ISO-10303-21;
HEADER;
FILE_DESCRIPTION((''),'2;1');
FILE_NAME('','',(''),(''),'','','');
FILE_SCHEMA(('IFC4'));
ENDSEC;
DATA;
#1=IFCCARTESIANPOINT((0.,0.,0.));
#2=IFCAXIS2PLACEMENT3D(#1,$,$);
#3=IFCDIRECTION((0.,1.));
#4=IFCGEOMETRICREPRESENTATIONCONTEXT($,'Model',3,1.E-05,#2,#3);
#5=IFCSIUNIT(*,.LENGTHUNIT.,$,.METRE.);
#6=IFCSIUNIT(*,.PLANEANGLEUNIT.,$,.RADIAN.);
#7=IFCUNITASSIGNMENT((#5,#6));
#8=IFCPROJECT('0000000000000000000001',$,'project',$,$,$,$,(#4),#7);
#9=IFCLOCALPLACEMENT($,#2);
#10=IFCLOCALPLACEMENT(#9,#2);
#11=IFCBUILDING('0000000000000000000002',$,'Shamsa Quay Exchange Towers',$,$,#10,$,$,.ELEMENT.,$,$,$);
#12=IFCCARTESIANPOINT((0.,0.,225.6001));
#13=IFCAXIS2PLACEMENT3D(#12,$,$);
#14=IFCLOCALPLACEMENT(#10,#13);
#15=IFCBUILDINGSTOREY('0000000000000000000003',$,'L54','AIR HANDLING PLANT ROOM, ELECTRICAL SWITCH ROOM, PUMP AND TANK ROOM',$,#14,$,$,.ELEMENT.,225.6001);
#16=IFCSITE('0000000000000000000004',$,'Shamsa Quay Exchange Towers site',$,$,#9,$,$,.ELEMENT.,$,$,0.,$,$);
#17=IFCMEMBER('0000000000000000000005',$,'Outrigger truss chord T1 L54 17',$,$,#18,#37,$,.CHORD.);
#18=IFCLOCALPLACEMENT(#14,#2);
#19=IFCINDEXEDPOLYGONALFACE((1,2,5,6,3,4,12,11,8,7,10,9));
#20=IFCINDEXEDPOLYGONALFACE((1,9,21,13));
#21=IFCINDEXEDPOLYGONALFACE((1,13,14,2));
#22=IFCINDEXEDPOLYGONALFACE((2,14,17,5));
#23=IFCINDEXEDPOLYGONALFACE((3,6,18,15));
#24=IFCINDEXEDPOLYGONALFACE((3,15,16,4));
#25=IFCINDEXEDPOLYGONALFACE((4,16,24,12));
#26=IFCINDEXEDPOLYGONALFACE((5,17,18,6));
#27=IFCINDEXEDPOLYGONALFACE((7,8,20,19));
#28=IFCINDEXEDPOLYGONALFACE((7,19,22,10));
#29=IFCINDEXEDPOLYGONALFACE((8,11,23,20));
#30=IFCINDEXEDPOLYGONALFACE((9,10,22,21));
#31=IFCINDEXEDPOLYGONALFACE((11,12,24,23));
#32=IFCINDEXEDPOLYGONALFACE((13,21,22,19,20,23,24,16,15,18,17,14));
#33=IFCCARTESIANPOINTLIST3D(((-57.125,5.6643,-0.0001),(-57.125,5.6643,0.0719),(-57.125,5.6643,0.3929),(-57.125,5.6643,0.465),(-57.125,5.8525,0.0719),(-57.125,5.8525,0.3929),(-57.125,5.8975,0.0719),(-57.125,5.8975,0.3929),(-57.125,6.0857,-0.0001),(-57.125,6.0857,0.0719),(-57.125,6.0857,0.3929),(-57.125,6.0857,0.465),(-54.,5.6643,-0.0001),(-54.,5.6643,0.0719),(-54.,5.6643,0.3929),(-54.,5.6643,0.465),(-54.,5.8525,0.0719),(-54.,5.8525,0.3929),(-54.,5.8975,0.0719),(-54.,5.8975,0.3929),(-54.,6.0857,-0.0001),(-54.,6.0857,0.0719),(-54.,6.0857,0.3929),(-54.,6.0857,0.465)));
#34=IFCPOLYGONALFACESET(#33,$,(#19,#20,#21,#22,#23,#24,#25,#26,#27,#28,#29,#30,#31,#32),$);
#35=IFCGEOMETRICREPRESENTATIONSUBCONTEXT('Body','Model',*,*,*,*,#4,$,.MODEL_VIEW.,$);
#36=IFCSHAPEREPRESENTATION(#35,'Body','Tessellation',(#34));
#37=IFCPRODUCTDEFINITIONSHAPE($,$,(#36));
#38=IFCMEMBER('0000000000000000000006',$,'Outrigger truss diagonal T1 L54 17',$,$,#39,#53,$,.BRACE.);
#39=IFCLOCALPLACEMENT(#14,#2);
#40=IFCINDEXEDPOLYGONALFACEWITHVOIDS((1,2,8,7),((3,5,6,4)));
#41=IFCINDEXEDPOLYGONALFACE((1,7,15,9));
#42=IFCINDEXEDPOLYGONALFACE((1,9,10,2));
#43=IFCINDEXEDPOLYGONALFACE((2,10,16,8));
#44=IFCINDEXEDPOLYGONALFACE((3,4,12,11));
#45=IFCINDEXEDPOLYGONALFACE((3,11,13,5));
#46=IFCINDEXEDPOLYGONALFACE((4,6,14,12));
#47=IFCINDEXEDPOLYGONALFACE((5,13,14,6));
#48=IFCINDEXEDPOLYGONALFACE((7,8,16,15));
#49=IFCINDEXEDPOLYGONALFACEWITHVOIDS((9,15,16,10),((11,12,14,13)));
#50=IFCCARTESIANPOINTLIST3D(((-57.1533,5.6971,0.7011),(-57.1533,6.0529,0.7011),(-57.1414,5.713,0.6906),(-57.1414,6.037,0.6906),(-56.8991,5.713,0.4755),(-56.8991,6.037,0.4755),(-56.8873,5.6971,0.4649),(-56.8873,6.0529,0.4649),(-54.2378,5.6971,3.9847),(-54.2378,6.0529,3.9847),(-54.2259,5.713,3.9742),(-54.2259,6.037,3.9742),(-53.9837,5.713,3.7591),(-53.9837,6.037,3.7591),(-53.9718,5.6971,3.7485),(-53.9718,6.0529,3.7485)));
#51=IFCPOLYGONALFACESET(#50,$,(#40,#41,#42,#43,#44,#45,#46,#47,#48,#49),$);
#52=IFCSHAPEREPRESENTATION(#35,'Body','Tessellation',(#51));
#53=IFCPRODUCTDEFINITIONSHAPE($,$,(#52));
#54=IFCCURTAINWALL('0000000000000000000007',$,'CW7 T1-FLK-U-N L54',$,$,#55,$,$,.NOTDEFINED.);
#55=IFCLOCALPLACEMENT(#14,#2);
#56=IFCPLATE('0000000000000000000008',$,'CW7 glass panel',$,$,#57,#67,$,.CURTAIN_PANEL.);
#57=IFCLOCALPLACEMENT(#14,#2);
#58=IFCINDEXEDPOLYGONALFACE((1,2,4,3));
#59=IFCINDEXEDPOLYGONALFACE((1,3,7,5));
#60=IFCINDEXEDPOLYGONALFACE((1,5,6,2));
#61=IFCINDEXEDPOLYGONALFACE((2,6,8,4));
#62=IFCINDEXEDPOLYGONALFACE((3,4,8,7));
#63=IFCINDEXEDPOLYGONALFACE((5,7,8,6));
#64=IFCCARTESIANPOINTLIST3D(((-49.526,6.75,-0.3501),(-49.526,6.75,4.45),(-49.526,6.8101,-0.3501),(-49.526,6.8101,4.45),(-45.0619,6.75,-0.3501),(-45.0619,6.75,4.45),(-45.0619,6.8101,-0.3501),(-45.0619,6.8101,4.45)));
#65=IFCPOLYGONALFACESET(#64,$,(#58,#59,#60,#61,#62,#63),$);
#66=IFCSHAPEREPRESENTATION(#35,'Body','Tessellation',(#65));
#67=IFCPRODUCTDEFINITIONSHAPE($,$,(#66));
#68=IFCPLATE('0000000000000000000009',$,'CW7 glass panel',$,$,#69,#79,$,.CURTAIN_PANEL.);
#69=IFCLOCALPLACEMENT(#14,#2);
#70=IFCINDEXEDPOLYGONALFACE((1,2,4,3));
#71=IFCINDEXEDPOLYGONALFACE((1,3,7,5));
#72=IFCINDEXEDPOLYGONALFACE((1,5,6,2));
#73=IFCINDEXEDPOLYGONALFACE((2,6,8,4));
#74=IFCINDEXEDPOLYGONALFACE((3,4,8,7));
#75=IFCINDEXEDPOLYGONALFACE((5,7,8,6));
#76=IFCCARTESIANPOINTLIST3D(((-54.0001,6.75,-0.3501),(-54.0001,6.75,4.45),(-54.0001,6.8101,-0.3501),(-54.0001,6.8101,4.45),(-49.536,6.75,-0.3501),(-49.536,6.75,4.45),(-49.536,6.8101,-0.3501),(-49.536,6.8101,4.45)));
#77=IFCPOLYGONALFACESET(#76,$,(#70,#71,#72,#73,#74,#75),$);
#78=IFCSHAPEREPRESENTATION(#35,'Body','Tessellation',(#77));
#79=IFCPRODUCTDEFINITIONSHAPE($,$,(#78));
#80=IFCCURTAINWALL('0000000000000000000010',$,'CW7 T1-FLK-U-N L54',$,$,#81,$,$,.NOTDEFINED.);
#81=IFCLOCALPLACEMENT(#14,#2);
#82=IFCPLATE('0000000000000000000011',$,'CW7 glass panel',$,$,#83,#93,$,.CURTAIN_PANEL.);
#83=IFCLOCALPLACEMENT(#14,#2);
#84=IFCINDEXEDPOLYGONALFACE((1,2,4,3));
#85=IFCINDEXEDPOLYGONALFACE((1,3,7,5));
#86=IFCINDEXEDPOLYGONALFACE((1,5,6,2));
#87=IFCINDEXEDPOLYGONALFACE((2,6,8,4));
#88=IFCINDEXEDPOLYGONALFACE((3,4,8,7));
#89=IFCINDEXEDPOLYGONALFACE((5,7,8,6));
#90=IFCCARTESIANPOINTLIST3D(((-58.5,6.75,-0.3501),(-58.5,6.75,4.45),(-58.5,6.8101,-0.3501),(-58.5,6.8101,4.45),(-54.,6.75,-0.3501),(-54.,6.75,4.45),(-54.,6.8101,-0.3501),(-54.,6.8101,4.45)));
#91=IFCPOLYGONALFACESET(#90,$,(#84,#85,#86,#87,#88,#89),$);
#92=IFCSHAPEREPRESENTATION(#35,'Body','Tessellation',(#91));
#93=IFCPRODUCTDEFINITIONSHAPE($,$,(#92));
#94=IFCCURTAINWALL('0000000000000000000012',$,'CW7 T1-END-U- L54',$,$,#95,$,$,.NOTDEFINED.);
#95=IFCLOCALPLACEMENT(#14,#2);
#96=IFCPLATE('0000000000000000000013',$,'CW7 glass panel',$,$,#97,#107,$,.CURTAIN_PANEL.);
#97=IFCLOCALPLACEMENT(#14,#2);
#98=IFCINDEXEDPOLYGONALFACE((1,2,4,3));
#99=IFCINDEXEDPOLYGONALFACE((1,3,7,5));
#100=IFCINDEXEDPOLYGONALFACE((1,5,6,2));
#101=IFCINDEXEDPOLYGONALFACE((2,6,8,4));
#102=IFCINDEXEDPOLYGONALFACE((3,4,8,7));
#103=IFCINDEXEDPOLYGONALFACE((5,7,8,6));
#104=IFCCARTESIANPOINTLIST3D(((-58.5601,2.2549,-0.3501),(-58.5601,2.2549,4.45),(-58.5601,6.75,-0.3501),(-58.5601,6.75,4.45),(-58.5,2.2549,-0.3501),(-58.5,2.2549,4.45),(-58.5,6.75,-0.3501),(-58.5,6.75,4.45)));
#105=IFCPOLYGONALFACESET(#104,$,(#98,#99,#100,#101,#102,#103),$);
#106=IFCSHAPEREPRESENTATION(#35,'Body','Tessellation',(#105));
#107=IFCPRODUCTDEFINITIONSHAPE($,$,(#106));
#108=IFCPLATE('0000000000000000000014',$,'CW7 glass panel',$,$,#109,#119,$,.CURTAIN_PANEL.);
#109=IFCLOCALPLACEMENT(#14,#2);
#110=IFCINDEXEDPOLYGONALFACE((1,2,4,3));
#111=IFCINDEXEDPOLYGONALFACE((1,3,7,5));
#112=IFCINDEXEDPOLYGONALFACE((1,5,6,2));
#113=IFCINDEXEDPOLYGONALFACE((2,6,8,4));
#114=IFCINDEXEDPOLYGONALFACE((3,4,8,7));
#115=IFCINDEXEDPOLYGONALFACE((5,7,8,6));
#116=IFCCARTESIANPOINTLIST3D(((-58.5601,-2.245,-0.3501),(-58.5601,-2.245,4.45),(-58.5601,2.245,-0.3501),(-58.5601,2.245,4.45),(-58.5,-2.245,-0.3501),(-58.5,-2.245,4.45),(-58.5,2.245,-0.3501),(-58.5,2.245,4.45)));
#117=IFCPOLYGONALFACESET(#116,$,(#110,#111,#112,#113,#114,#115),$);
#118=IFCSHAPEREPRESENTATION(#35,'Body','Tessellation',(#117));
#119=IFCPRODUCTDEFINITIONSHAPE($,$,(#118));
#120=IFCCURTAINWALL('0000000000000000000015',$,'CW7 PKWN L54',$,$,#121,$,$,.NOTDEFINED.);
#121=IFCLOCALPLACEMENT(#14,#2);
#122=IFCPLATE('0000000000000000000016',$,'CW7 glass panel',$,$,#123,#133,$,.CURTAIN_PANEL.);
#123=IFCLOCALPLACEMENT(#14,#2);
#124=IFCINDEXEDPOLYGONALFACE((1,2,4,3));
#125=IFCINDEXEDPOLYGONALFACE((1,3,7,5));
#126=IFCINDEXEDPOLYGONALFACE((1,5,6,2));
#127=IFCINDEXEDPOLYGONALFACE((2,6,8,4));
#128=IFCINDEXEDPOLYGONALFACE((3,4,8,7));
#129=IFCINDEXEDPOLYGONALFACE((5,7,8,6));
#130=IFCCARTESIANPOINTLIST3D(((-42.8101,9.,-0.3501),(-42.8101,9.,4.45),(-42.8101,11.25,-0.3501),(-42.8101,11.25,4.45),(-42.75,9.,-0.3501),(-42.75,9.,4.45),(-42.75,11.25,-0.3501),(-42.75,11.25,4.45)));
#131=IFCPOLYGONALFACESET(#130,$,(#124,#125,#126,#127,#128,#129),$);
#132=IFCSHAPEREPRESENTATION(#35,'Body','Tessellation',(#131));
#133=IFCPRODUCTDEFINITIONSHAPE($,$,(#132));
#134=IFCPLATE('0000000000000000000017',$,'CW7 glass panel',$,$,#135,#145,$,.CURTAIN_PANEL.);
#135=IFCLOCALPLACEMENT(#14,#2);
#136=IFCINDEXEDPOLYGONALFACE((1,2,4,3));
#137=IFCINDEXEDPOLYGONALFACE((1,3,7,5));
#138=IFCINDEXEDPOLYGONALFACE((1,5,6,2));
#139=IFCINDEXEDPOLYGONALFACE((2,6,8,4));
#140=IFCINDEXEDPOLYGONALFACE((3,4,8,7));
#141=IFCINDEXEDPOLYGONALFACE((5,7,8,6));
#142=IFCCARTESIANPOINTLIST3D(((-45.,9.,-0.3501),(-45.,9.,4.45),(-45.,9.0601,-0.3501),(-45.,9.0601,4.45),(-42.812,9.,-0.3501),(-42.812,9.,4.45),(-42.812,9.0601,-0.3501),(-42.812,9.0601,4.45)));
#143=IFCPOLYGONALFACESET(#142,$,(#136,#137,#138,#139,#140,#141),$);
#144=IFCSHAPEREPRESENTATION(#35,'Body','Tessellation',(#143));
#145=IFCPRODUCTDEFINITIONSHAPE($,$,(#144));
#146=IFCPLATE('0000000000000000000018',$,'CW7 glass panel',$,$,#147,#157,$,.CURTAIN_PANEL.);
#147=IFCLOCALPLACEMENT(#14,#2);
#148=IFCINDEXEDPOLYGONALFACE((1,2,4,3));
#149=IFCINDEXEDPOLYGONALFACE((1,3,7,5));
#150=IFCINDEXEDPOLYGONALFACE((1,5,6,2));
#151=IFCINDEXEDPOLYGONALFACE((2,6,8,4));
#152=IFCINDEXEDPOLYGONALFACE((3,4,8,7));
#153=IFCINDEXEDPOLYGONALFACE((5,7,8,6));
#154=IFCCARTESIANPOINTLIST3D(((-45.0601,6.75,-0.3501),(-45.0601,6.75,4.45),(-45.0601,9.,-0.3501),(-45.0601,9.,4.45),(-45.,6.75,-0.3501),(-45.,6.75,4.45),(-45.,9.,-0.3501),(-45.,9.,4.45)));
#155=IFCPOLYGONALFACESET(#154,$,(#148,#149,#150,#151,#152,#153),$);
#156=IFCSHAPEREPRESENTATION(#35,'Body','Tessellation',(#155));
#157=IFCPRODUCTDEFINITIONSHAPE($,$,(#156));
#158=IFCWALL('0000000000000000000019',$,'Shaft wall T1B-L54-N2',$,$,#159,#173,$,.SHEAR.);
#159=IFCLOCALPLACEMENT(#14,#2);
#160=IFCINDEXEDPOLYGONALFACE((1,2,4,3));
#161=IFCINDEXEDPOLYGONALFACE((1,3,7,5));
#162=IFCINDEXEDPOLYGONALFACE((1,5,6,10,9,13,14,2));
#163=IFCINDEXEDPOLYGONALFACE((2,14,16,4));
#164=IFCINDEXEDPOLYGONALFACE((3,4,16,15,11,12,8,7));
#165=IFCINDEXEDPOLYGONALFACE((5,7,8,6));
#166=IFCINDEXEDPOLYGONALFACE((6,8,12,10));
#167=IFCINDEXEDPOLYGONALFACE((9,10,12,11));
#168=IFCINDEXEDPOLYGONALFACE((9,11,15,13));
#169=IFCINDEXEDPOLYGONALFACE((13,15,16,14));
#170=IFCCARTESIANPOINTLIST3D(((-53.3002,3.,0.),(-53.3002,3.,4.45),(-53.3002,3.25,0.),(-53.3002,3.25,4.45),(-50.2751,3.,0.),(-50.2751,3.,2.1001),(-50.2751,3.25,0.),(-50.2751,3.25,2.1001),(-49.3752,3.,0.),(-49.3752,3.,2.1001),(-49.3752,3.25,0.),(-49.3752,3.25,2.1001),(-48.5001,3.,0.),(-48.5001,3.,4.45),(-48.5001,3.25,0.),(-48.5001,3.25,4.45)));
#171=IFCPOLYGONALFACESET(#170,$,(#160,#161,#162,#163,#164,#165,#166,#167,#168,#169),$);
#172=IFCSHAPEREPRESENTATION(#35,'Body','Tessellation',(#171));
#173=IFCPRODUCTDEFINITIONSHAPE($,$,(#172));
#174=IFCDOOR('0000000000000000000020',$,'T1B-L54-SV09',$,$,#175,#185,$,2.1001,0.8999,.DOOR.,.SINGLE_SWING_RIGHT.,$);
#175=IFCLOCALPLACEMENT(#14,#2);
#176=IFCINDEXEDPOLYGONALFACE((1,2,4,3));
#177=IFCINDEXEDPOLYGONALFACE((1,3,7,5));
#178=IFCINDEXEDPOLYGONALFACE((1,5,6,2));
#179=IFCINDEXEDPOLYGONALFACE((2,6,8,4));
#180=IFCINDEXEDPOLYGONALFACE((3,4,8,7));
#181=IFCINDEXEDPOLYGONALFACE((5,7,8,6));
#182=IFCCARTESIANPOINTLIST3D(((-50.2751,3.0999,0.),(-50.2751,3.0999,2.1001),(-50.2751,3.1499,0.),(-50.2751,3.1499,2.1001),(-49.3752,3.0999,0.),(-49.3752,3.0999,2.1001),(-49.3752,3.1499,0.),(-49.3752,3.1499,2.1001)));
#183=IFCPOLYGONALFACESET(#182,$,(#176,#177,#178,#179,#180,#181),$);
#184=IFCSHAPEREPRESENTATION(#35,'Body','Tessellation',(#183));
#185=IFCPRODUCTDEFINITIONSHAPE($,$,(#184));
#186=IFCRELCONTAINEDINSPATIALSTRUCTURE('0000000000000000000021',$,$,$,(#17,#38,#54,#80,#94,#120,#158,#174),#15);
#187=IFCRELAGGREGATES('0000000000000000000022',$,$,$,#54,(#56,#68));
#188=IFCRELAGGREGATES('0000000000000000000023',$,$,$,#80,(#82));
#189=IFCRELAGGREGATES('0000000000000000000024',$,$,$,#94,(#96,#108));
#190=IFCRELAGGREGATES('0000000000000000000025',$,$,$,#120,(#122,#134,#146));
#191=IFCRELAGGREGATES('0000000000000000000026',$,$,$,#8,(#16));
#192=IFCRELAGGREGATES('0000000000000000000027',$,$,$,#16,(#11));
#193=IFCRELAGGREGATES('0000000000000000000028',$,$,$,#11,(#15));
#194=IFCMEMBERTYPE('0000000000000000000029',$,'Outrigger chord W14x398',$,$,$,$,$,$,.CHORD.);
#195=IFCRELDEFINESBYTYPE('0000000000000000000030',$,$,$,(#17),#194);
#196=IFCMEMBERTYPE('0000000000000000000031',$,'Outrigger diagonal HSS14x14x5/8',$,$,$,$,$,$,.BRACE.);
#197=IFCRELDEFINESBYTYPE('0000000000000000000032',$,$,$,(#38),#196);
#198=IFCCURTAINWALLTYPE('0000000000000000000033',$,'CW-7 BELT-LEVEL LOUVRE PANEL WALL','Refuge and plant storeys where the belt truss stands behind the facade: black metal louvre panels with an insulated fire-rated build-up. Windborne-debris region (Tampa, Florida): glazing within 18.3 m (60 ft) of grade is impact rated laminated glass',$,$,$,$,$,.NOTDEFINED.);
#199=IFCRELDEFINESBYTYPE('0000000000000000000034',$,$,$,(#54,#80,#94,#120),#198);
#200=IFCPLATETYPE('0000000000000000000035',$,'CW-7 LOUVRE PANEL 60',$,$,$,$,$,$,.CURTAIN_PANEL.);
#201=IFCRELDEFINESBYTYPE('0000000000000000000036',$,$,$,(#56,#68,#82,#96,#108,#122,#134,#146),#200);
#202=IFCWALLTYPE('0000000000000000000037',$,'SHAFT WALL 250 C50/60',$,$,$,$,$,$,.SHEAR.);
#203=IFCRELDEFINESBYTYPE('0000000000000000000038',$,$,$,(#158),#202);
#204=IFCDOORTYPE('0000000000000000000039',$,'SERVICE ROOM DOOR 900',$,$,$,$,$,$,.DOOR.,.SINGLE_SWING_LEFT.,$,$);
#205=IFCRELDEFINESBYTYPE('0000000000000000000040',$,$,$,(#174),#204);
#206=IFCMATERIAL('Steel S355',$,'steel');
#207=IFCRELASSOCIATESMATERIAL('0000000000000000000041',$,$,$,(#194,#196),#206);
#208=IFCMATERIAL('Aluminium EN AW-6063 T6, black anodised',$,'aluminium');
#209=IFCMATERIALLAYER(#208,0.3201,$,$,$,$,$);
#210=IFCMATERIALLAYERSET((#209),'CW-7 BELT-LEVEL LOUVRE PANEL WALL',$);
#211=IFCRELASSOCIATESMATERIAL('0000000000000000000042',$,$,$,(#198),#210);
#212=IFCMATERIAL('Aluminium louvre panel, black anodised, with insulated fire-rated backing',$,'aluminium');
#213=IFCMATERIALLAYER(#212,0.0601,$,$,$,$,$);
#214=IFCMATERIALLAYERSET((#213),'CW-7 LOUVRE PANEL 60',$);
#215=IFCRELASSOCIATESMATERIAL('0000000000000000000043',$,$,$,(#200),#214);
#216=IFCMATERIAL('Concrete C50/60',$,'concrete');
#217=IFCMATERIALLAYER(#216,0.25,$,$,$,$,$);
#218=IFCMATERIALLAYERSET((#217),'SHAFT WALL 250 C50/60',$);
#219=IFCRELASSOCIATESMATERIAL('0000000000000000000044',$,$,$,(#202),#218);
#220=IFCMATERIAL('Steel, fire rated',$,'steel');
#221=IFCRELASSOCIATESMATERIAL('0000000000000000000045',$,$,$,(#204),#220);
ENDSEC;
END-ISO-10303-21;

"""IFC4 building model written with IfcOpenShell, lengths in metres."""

from ifc_helpers import new_model, si_unit, direction, frame, frame_2d, origin, origin_2d, place, context, subcontext, project, spatial, rectangle, hollow_rectangle, i_section, extrude, material, layer, layer_set, material_profile, profile_set, type_object, element, fill, aggregate, save


model = new_model("IFC4")

# Units and contexts
model_context = context("Model", 3, precision=1e-05, world=origin(), true_north=direction((0.0, 1.0)))
body_context = subcontext(model_context, "Body", "Model", "MODEL_VIEW")
ifc_project = project(units=[si_unit("LENGTHUNIT", "METRE"), si_unit("PLANEANGLEUNIT", "RADIAN")], contexts=[model_context])

# Site, building, storey
site_placement = place(None, origin())
site = spatial("IfcSite", under=ifc_project, at=site_placement, Name="Shamsa Quay Exchange Towers site", CompositionType="ELEMENT", RefElevation=0.0)
building_placement = place(site_placement, origin())
building = spatial("IfcBuilding", under=site, at=building_placement, Name="Shamsa Quay Exchange Towers", CompositionType="ELEMENT")
storey_placement = place(building_placement, frame((0.0, 0.0, 225.6001)))
storey = spatial("IfcBuildingStorey", under=building, at=storey_placement, Name="L54", Description="AIR HANDLING PLANT ROOM, ELECTRICAL SWITCH ROOM, PUMP AND TANK ROOM", CompositionType="ELEMENT", Elevation=225.6001)

# Members
ifc_material_1 = material(Name="Steel S355", Category="steel")
ifc_material_profile_1 = material_profile(ifc_material_1, i_section(OverallWidth=0.4214, OverallDepth=0.4651, WebThickness=0.0449, FlangeThickness=0.072, at=origin_2d()), Name="W14x398")
ifc_profile_set_1 = profile_set([ifc_material_profile_1], Name="Steel S355")
member_type_1 = type_object("IfcMemberType", Name="Outrigger chord W14x398", PredefinedType="CHORD", material=ifc_profile_set_1)
for number, where, z_axis, x_axis, name in (
    (1, (-57.125, 5.875, 0.2324), (1.0, 0.0, 0.0), (0.0, 1.0, 0.0), "Outrigger truss chord T1 L54 17"),
):
    element("IfcMember", number, at=place(storey_placement, frame(where, z_axis=z_axis, x_axis=x_axis)), inside=storey, type_object=member_type_1, Name=name, PredefinedType="CHORD", context=body_context, shape_type="SweptSolid", body=[
        extrude(i_section(OverallWidth=0.4214, OverallDepth=0.4651, WebThickness=0.0449, FlangeThickness=0.072, at=origin_2d()), origin(), (0.0, 0.0, 1.0), 3.125),
    ])
ifc_material_profile_2 = material_profile(ifc_material_1, hollow_rectangle(XDim=0.3557, YDim=0.3557, WallThickness=0.0159, at=origin_2d()), Name="HSS14x14x5/8")
ifc_profile_set_2 = profile_set([ifc_material_profile_2], Name="Steel S355")
member_type_2 = type_object("IfcMemberType", Name="Outrigger diagonal HSS14x14x5/8", PredefinedType="BRACE", material=ifc_profile_set_2)
member_1_placement = place(storey_placement, frame((-57.0203, 5.875, 0.583), z_axis=(0.663943, 0.0, 0.747783), x_axis=(0.0, 1.0, 0.0)))
element("IfcMember", 2, at=member_1_placement, inside=storey, type_object=member_type_2, Name="Outrigger truss diagonal T1 L54 17", PredefinedType="BRACE", context=body_context, shape_type="SweptSolid", body=[
    extrude(hollow_rectangle(XDim=0.3557, YDim=0.3557, WallThickness=0.0159, at=origin_2d()), origin(), (0.0, 0.0, 1.0), 4.3911),
])

# Curtain wall, plates
ifc_material_2 = material(Name="Aluminium EN AW-6063 T6, black anodised", Category="aluminium")
ifc_layer_1 = layer(ifc_material_2, 0.3201)
ifc_layer_set_1 = layer_set([ifc_layer_1], Name="CW-7 BELT-LEVEL LOUVRE PANEL WALL")
curtain_wall_type = type_object("IfcCurtainWallType", Name="CW-7 BELT-LEVEL LOUVRE PANEL WALL", Description="Refuge and plant storeys where the belt truss stands behind the facade: black metal louvre panels with an insulated fire-rated build-up. Windborne-debris region (Tampa, Florida): glazing within 18.3 m (60 ft) of grade is impact rated laminated glass", PredefinedType="NOTDEFINED", material=ifc_layer_set_1)
curtain_wall_1_placement = place(storey_placement, origin())
curtain_wall_1 = element("IfcCurtainWall", 3, at=curtain_wall_1_placement, inside=storey, type_object=curtain_wall_type, Name="CW7 T1-FLK-U-N L54", PredefinedType="NOTDEFINED")
ifc_material_3 = material(Name="Aluminium louvre panel, black anodised, with insulated fire-rated backing", Category="aluminium")
ifc_layer_2 = layer(ifc_material_3, 0.0601)
ifc_layer_set_2 = layer_set([ifc_layer_2], Name="CW-7 LOUVRE PANEL 60")
plate_type = type_object("IfcPlateType", Name="CW-7 LOUVRE PANEL 60", PredefinedType="CURTAIN_PANEL", material=ifc_layer_set_2)
plate_1_placement = place(storey_placement, frame((-47.2939, 6.78, -0.3501), z_axis=(0.0, 0.0, 1.0), x_axis=(-1.0, 0.0, 0.0)))
plate_1 = element("IfcPlate", 4, at=plate_1_placement, type_object=plate_type, Name="CW7 glass panel", PredefinedType="CURTAIN_PANEL", context=body_context, shape_type="SweptSolid", body=[
    extrude(rectangle(XDim=4.4641, YDim=0.0601, at=origin_2d()), origin(), (0.0, 0.0, 1.0), 4.8),
])
plate_2_placement = place(storey_placement, frame((-51.7681, 6.78, -0.3501), z_axis=(0.0, 0.0, 1.0), x_axis=(-1.0, 0.0, 0.0)))
plate_2 = element("IfcPlate", 5, at=plate_2_placement, type_object=plate_type, Name="CW7 glass panel", PredefinedType="CURTAIN_PANEL", context=body_context, shape_type="SweptSolid", body=[
    extrude(rectangle(XDim=4.4641, YDim=0.0601, at=origin_2d()), origin(), (0.0, 0.0, 1.0), 4.8),
])
aggregate(curtain_wall_1, [plate_1, plate_2])

# Curtain wall, plate
curtain_wall_2_placement = place(storey_placement, origin())
curtain_wall_2 = element("IfcCurtainWall", 6, at=curtain_wall_2_placement, inside=storey, type_object=curtain_wall_type, Name="CW7 T1-FLK-U-N L54", PredefinedType="NOTDEFINED")
plate_3_placement = place(storey_placement, frame((-56.25, 6.78, -0.3501), z_axis=(0.0, 0.0, 1.0), x_axis=(-1.0, 0.0, 0.0)))
plate_3 = element("IfcPlate", 7, at=plate_3_placement, type_object=plate_type, Name="CW7 glass panel", PredefinedType="CURTAIN_PANEL", context=body_context, shape_type="SweptSolid", body=[
    extrude(rectangle(XDim=4.5, YDim=0.0601, at=origin_2d()), origin(), (0.0, 0.0, 1.0), 4.8),
])
aggregate(curtain_wall_2, [plate_3])

# Curtain walls, plates
curtain_wall_3_placement = place(storey_placement, origin())
curtain_wall_3 = element("IfcCurtainWall", 8, at=curtain_wall_3_placement, inside=storey, type_object=curtain_wall_type, Name="CW7 T1-END-U- L54", PredefinedType="NOTDEFINED")
plate_4_placement = place(storey_placement, frame((-58.53, 4.5024, -0.3501), z_axis=(0.0, 0.0, 1.0), x_axis=(0.0, -1.0, 0.0)))
plate_4 = element("IfcPlate", 9, at=plate_4_placement, type_object=plate_type, Name="CW7 glass panel", PredefinedType="CURTAIN_PANEL", context=body_context, shape_type="SweptSolid", body=[
    extrude(rectangle(XDim=4.4951, YDim=0.0601, at=origin_2d()), origin(), (0.0, 0.0, 1.0), 4.8),
])
plate_5_placement = place(storey_placement, frame((-58.53, 0.0, -0.3501), z_axis=(0.0, 0.0, 1.0), x_axis=(0.0, -1.0, 0.0)))
plate_5 = element("IfcPlate", 10, at=plate_5_placement, type_object=plate_type, Name="CW7 glass panel", PredefinedType="CURTAIN_PANEL", context=body_context, shape_type="SweptSolid", body=[
    extrude(rectangle(XDim=4.49, YDim=0.0601, at=origin_2d()), origin(), (0.0, 0.0, 1.0), 4.8),
])
aggregate(curtain_wall_3, [plate_4, plate_5])
curtain_wall_4_placement = place(storey_placement, origin())
curtain_wall_4 = element("IfcCurtainWall", 11, at=curtain_wall_4_placement, inside=storey, type_object=curtain_wall_type, Name="CW7 PKWN L54", PredefinedType="NOTDEFINED")
plate_6_placement = place(storey_placement, frame((-42.78, 10.125, -0.3501), z_axis=(0.0, 0.0, 1.0), x_axis=(0.0, -1.0, 0.0)))
plate_6 = element("IfcPlate", 12, at=plate_6_placement, type_object=plate_type, Name="CW7 glass panel", PredefinedType="CURTAIN_PANEL", context=body_context, shape_type="SweptSolid", body=[
    extrude(rectangle(XDim=2.25, YDim=0.0601, at=origin_2d()), origin(), (0.0, 0.0, 1.0), 4.8),
])
plate_7_placement = place(storey_placement, frame((-43.906, 9.03, -0.3501), z_axis=(0.0, 0.0, 1.0), x_axis=(-1.0, 0.0, 0.0)))
plate_7 = element("IfcPlate", 13, at=plate_7_placement, type_object=plate_type, Name="CW7 glass panel", PredefinedType="CURTAIN_PANEL", context=body_context, shape_type="SweptSolid", body=[
    extrude(rectangle(XDim=2.188, YDim=0.0601, at=origin_2d()), origin(), (0.0, 0.0, 1.0), 4.8),
])
plate_8_placement = place(storey_placement, frame((-45.03, 7.875, -0.3501), z_axis=(0.0, 0.0, 1.0), x_axis=(0.0, -1.0, 0.0)))
plate_8 = element("IfcPlate", 14, at=plate_8_placement, type_object=plate_type, Name="CW7 glass panel", PredefinedType="CURTAIN_PANEL", context=body_context, shape_type="SweptSolid", body=[
    extrude(rectangle(XDim=2.25, YDim=0.0601, at=origin_2d()), origin(), (0.0, 0.0, 1.0), 4.8),
])
aggregate(curtain_wall_4, [plate_6, plate_7, plate_8])

# Wall, opening, door
ifc_material_4 = material(Name="Concrete C50/60", Category="concrete")
ifc_layer_3 = layer(ifc_material_4, 0.25)
ifc_layer_set_3 = layer_set([ifc_layer_3], Name="SHAFT WALL 250 C50/60")
wall_type_1 = type_object("IfcWallType", Name="SHAFT WALL 250 C50/60", PredefinedType="SHEAR", material=ifc_layer_set_3)
wall_1_placement = place(storey_placement, frame((-53.3, 3.125, 0.0)))
wall_1 = element("IfcWall", 15, at=wall_1_placement, inside=storey, type_object=wall_type_1, Name="Shaft wall T1B-L54-N2", PredefinedType="SHEAR", context=body_context, shape_type="SweptSolid", body=[
    extrude(rectangle(XDim=4.8, YDim=0.25, at=frame_2d((2.3999, 0.0))), origin(), (0.0, 0.0, 1.0), 4.45),
])
opening_1_placement = place(wall_1_placement, frame((3.0249, 0.0, 0.0)))
opening_1 = element("IfcOpeningElement", 16, at=opening_1_placement, cuts=wall_1, PredefinedType="OPENING", context=body_context, shape_type="SweptSolid", body=[
    extrude(rectangle(XDim=0.8999, YDim=2.1001, at=frame_2d((0.45, 1.05))), frame((0.0, 0.135, 0.0), z_axis=(0.0, -1.0, 0.0), x_axis=(1.0, 0.0, 0.0)), (0.0, 0.0, 1.0), 0.27),
])
ifc_material_5 = material(Name="Steel, fire rated", Category="steel")
door_type_1 = type_object("IfcDoorType", Name="SERVICE ROOM DOOR 900", OperationType="SINGLE_SWING_LEFT", PredefinedType="DOOR", material=ifc_material_5)
door_1_placement = place(opening_1_placement, origin())
door_1 = element("IfcDoor", 17, at=door_1_placement, inside=storey, type_object=door_type_1, Name="T1B-L54-SV09", OperationType="SINGLE_SWING_RIGHT", OverallHeight=2.1001, OverallWidth=0.8999, PredefinedType="DOOR", context=body_context, shape_type="SweptSolid", body=[
    extrude(rectangle(XDim=0.8999, YDim=2.1001, at=frame_2d((0.45, 1.05))), frame((0.0, 0.0249, 0.0), z_axis=(0.0, -1.0, 0.0), x_axis=(1.0, 0.0, 0.0)), (0.0, 0.0, 1.0), 0.05),
])
fill(opening_1, door_1)

save(model, "model.ifc")
